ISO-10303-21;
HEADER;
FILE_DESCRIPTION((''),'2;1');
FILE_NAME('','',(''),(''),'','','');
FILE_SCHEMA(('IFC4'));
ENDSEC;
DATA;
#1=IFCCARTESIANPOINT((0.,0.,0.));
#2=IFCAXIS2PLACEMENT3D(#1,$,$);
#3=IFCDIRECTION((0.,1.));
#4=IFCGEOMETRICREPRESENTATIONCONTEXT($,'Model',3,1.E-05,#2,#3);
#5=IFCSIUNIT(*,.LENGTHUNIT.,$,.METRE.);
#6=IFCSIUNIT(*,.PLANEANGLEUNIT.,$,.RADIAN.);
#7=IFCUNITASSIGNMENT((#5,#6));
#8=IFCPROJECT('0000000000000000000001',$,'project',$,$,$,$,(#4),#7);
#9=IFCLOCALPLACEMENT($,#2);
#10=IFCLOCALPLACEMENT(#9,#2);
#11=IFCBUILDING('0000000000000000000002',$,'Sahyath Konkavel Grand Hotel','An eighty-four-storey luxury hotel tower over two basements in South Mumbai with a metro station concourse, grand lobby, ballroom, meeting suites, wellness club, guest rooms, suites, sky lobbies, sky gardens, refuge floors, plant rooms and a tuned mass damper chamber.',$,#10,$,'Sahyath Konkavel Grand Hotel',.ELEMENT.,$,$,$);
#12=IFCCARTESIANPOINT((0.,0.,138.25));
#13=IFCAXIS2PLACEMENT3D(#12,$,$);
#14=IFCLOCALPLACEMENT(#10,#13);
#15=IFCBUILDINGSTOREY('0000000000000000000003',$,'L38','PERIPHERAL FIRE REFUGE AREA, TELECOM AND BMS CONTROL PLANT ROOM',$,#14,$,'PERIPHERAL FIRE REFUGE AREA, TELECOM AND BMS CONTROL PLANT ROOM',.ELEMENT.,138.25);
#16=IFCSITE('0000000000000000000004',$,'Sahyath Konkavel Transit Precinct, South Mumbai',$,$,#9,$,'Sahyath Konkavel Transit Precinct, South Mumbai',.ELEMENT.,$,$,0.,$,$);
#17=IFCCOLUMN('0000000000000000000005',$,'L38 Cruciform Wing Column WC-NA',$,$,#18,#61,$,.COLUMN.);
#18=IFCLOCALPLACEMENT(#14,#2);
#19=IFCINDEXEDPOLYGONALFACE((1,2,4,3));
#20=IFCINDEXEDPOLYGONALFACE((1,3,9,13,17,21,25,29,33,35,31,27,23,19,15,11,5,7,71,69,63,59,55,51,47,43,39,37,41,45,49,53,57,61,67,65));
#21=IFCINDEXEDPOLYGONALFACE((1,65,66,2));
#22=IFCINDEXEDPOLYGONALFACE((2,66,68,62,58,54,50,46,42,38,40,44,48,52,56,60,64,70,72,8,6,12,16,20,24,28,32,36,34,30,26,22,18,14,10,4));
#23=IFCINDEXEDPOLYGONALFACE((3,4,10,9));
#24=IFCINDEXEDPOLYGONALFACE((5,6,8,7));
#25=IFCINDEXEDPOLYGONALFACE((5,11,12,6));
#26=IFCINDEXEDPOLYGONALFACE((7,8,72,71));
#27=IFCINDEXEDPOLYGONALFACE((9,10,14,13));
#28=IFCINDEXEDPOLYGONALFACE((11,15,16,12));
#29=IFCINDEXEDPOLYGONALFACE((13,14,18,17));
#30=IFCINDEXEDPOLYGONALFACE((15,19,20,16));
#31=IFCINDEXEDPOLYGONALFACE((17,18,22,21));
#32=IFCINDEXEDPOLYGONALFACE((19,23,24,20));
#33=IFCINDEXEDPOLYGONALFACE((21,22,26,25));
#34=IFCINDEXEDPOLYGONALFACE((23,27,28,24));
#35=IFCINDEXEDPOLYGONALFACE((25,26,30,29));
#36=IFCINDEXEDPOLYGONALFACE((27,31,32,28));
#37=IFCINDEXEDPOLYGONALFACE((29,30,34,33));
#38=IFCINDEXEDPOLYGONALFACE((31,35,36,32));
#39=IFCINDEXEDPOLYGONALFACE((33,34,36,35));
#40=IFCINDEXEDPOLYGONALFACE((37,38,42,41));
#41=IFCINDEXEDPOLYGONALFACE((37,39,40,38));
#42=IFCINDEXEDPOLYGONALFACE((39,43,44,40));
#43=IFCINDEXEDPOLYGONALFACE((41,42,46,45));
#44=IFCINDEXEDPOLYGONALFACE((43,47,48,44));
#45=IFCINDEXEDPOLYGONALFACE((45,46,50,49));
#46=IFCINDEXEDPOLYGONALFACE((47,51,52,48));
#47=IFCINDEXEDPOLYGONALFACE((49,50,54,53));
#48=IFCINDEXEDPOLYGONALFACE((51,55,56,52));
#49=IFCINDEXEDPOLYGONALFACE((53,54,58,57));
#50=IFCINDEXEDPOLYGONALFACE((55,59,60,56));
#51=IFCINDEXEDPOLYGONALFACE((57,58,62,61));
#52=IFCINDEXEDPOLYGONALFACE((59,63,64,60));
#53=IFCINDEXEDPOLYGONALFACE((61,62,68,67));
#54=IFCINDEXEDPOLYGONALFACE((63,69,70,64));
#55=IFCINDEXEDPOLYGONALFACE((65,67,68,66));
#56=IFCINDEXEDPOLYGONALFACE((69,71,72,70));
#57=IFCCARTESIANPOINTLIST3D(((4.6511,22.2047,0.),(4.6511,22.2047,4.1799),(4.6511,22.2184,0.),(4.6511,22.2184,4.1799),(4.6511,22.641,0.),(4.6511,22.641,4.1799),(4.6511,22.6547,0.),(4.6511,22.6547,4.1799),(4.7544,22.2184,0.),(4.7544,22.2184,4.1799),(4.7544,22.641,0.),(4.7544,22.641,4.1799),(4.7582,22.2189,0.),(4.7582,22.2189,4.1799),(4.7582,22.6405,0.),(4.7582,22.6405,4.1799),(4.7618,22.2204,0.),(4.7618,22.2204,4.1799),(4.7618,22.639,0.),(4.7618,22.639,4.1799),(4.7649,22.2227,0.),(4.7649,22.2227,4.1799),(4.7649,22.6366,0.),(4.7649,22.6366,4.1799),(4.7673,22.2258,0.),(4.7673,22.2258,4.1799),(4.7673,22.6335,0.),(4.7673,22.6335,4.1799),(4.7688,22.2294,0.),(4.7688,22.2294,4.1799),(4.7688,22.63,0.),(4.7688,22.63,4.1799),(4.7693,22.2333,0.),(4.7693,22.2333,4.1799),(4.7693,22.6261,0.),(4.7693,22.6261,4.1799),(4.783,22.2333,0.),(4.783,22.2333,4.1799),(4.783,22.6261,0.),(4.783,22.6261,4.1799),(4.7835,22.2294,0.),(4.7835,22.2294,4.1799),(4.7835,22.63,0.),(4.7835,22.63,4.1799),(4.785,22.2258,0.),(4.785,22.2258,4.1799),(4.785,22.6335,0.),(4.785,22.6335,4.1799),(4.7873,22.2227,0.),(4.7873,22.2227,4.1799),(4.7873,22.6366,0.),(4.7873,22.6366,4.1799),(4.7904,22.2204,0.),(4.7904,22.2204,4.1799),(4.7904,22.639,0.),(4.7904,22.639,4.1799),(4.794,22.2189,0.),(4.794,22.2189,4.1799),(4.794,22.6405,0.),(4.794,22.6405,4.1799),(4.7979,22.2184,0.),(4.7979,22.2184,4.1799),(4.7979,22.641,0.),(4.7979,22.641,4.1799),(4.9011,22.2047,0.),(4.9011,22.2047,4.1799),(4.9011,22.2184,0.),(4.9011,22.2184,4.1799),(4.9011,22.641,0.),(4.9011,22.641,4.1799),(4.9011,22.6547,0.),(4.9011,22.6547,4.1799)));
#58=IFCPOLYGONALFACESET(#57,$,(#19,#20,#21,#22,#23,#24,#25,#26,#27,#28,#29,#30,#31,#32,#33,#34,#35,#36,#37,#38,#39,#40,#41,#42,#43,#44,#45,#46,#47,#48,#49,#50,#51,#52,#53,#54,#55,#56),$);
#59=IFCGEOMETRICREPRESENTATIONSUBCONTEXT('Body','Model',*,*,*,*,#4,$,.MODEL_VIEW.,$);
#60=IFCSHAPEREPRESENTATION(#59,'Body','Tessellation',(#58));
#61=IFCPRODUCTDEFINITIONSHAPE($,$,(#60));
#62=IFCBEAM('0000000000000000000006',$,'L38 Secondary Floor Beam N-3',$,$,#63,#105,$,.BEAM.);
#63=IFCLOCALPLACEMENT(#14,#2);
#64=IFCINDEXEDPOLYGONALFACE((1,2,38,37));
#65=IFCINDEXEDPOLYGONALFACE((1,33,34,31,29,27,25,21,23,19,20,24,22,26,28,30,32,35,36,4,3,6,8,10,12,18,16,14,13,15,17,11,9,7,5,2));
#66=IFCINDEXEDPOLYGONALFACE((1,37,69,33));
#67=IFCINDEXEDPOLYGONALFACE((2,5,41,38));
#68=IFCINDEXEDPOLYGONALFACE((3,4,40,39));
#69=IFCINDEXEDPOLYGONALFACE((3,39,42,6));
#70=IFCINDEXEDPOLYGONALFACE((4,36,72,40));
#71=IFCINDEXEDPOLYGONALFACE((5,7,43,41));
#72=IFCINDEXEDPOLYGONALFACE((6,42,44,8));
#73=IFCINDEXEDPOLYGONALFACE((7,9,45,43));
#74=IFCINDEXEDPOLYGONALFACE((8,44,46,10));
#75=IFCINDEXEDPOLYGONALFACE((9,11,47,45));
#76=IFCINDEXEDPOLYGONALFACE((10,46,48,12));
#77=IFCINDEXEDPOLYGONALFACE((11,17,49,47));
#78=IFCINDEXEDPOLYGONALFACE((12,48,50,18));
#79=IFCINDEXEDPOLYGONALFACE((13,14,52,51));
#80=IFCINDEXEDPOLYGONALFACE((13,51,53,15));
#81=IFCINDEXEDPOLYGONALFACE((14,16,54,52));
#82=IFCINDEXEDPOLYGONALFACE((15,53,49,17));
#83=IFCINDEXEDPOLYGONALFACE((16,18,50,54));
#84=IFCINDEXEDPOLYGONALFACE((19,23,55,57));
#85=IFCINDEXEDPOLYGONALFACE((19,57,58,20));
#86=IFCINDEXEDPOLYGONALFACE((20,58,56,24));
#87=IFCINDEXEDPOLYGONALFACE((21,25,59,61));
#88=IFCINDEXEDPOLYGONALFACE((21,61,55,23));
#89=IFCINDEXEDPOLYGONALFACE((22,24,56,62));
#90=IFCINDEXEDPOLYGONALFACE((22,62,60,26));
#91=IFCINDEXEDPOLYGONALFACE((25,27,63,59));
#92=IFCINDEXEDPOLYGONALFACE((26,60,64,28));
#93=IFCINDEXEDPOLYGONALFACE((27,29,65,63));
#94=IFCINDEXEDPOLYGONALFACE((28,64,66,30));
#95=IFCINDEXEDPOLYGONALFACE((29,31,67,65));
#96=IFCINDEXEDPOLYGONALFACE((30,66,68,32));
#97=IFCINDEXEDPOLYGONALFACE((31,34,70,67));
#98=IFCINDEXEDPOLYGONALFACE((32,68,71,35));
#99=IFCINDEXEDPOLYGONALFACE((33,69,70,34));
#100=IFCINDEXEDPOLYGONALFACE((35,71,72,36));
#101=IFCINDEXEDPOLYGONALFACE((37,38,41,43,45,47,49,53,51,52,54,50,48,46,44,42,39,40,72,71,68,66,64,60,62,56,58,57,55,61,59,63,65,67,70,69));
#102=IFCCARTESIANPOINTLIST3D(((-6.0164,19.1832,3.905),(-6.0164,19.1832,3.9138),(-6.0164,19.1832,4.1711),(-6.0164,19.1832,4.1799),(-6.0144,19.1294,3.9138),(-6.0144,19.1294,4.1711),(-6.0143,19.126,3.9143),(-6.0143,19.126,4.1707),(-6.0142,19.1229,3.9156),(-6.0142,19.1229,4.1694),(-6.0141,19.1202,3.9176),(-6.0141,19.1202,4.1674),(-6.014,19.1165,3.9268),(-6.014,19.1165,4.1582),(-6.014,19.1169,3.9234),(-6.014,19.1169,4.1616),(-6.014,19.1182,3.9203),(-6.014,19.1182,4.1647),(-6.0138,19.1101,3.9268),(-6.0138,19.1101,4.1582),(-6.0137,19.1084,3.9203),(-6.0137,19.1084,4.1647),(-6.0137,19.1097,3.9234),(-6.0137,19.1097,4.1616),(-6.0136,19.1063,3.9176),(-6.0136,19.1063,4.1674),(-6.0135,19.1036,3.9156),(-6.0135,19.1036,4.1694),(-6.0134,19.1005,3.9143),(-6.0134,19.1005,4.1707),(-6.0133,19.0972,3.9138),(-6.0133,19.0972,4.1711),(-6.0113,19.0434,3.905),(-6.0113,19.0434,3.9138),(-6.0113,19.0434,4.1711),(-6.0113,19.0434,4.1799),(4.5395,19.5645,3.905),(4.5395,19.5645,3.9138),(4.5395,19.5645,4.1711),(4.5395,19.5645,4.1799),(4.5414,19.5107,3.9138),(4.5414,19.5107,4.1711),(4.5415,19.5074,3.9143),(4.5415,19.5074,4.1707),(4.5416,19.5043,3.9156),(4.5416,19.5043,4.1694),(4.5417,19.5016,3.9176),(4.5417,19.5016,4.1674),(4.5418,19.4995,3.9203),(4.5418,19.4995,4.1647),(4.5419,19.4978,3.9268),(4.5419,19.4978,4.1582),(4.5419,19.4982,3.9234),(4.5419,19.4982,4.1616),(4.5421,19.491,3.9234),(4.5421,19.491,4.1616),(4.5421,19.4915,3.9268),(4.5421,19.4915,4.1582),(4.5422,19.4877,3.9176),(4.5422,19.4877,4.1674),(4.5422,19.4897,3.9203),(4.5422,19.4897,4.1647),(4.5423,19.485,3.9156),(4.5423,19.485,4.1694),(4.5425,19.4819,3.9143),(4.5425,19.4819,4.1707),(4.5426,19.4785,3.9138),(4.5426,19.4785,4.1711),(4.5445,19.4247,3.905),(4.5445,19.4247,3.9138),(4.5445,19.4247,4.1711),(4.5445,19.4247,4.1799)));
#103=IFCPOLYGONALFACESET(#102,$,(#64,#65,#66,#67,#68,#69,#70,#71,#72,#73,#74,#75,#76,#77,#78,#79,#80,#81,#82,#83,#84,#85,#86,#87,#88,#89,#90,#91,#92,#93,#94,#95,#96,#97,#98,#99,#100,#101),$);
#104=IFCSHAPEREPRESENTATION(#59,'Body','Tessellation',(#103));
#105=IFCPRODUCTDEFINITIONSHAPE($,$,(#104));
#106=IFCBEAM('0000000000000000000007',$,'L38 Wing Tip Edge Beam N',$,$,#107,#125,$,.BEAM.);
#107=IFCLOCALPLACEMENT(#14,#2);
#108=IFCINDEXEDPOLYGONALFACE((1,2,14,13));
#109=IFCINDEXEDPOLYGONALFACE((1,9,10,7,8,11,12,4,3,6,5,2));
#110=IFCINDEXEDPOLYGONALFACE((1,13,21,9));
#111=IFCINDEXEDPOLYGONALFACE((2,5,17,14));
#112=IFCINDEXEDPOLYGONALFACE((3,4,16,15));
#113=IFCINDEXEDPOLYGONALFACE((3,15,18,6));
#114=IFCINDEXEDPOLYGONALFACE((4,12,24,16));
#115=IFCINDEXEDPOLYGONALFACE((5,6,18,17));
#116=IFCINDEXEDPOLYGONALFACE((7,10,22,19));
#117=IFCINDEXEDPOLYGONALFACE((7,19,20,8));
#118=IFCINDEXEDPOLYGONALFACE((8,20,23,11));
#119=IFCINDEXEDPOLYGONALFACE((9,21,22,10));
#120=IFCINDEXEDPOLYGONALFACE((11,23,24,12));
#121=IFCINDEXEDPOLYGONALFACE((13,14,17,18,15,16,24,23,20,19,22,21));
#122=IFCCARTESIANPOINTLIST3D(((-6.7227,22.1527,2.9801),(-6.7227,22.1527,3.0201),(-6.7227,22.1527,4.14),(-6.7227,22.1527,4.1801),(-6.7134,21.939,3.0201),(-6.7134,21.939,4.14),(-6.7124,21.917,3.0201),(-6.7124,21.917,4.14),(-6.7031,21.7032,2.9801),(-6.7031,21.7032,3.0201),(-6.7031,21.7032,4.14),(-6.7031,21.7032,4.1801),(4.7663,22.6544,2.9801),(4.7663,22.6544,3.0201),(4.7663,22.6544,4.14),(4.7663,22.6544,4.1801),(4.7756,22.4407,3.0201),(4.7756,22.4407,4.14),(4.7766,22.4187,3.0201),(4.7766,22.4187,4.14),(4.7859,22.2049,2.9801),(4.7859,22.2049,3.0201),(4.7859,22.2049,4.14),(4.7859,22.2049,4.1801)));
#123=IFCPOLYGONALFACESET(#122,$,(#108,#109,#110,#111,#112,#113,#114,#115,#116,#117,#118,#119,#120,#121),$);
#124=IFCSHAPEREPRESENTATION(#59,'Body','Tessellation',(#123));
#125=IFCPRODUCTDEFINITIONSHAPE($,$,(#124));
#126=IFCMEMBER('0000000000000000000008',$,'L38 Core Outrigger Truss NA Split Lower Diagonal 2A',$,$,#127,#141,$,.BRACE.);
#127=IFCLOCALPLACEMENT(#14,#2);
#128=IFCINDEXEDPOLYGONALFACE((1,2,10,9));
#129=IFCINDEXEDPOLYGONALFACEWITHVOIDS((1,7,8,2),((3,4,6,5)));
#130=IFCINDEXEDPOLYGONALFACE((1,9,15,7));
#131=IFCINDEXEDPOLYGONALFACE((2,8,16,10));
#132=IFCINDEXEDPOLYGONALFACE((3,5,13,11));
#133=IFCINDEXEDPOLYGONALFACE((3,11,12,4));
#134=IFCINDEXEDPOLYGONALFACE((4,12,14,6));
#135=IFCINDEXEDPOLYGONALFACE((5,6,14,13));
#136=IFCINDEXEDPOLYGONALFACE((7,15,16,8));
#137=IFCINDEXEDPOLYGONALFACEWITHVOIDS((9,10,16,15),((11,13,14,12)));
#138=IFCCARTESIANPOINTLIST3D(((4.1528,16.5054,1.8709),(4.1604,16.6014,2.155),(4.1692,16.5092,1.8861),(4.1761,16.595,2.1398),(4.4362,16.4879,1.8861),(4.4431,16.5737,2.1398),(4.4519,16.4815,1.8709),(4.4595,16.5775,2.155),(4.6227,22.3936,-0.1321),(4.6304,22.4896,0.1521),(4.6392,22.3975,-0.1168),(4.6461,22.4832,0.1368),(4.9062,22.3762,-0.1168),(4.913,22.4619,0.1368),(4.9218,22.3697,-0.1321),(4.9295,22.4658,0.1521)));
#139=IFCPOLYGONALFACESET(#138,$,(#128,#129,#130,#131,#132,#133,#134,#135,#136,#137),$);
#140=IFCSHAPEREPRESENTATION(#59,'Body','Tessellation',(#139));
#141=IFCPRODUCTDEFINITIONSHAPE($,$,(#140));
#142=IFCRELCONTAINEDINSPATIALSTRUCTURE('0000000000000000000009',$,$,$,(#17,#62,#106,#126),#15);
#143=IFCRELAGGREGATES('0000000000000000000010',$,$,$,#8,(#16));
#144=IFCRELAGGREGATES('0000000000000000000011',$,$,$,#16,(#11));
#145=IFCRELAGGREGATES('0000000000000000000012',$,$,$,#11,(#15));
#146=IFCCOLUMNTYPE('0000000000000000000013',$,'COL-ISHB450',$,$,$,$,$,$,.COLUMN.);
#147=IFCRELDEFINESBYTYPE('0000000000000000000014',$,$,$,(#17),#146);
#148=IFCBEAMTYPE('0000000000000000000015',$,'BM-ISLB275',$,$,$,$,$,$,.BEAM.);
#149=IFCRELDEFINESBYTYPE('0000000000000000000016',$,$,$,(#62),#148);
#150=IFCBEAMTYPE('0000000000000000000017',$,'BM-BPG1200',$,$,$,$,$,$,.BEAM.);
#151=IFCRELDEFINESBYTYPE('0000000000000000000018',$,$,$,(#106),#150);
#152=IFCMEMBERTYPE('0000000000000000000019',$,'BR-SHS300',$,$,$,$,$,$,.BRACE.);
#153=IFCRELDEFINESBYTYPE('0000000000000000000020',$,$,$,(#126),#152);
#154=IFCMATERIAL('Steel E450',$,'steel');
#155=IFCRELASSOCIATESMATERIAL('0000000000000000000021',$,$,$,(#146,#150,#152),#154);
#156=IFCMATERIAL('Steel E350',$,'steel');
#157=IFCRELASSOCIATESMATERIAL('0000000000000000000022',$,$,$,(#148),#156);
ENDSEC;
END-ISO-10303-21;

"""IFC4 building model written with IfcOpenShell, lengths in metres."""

from ifc_helpers import new_model, si_unit, direction, frame, origin, origin_2d, place, context, subcontext, project, spatial, hollow_rectangle, i_section, extrude, source, transform, mapped, material, material_profile, profile_set, type_object, element, save


model = new_model("IFC4")

# Units and contexts
model_context = context("Model", 3, precision=1e-05, world=origin(), true_north=direction((0.0, 1.0)))
body_context = subcontext(model_context, "Body", "Model", "MODEL_VIEW")
ifc_project = project(units=[si_unit("LENGTHUNIT", "METRE"), si_unit("PLANEANGLEUNIT", "RADIAN")], contexts=[model_context])

# Site, building, storey
site_placement = place(None, origin())
site = spatial("IfcSite", under=ifc_project, at=site_placement, Name="Sahyath Konkavel Transit Precinct, South Mumbai", LongName="Sahyath Konkavel Transit Precinct, South Mumbai", CompositionType="ELEMENT", RefElevation=0.0)
building_placement = place(site_placement, origin())
building = spatial("IfcBuilding", under=site, at=building_placement, Name="Sahyath Konkavel Grand Hotel", Description="An eighty-four-storey luxury hotel tower over two basements in South Mumbai with a metro station concourse, grand lobby, ballroom, meeting suites, wellness club, guest rooms, suites, sky lobbies, sky gardens, refuge floors, plant rooms and a tuned mass damper chamber.", LongName="Sahyath Konkavel Grand Hotel", CompositionType="ELEMENT")
storey_placement = place(building_placement, frame((0.0, 0.0, 138.25)))
storey = spatial("IfcBuildingStorey", under=building, at=storey_placement, Name="L38", Description="PERIPHERAL FIRE REFUGE AREA, TELECOM AND BMS CONTROL PLANT ROOM", LongName="PERIPHERAL FIRE REFUGE AREA, TELECOM AND BMS CONTROL PLANT ROOM", CompositionType="ELEMENT", Elevation=138.25)

# Column
ifc_material_1 = material(Name="Steel E450", Category="steel")
ifc_material_profile_1 = material_profile(ifc_material_1, i_section(OverallWidth=0.25, OverallDepth=0.45, WebThickness=0.0137, FlangeThickness=0.0137, FilletRadius=0.0149, at=origin_2d()), Name="ISHB 450")
ifc_profile_set_1 = profile_set([ifc_material_profile_1], Name="Steel E450")
column_type = type_object("IfcColumnType", Name="COL-ISHB450", PredefinedType="COLUMN", material=ifc_profile_set_1)
shared_shape_1 = source(origin(), body_context, "Body", "SweptSolid", [
    extrude(i_section(OverallWidth=0.25, OverallDepth=0.45, WebThickness=0.0137, FlangeThickness=0.0137, FilletRadius=0.0149, at=origin_2d()), origin(), (0.0, 0.0, 1.0), 4.1799),
])
column_placement = place(storey_placement, frame((4.7761, 22.4297, 0.0), z_axis=(0.0, 0.0, 1.0), x_axis=(1.0, 0.0, 0.0)))
element("IfcColumn", 1, at=column_placement, inside=storey, type_object=column_type, Name="L38 Cruciform Wing Column WC-NA", PredefinedType="COLUMN", context=body_context, shape_type="MappedRepresentation", body=[
    mapped(shared_shape_1, transform((0.0, 0.0, 0.0), scale=1.0)),
])

# Beams
ifc_material_2 = material(Name="Steel E350", Category="steel")
ifc_material_profile_2 = material_profile(ifc_material_2, i_section(OverallWidth=0.1399, OverallDepth=0.2749, WebThickness=0.0063, FlangeThickness=0.0088, FilletRadius=0.0129, at=origin_2d()), Name="ISLB 275")
ifc_profile_set_2 = profile_set([ifc_material_profile_2], Name="Steel E350")
beam_type_1 = type_object("IfcBeamType", Name="BM-ISLB275", PredefinedType="BEAM", material=ifc_profile_set_2)
shared_shape_2 = source(origin(), body_context, "Body", "SweptSolid", [
    extrude(i_section(OverallWidth=0.1399, OverallDepth=0.2749, WebThickness=0.0063, FlangeThickness=0.0088, FilletRadius=0.0129, at=origin_2d()), origin(), (0.0, 0.0, 1.0), 10.5627),
])
beam_1_placement = place(storey_placement, frame((4.542, 19.4946, 4.0425), z_axis=(-0.999348, -0.036103, 0.0), x_axis=(0.036103, -0.999348, 0.0)))
element("IfcBeam", 2, at=beam_1_placement, inside=storey, type_object=beam_type_1, Name="L38 Secondary Floor Beam N-3", PredefinedType="BEAM", context=body_context, shape_type="MappedRepresentation", body=[
    mapped(shared_shape_2, transform((0.0, 0.0, 0.0), scale=1.0)),
])
ifc_material_profile_3 = material_profile(ifc_material_1, i_section(OverallWidth=0.45, OverallDepth=1.2, WebThickness=0.022, FlangeThickness=0.04, at=origin_2d()), Name="BPG 1200x450")
ifc_profile_set_3 = profile_set([ifc_material_profile_3], Name="Steel E450")
beam_type_2 = type_object("IfcBeamType", Name="BM-BPG1200", PredefinedType="BEAM", material=ifc_profile_set_3)
shared_shape_3 = source(origin(), body_context, "Body", "SweptSolid", [
    extrude(i_section(OverallWidth=0.45, OverallDepth=1.2, WebThickness=0.022, FlangeThickness=0.04, at=origin_2d()), origin(), (0.0, 0.0, 1.0), 11.5),
])
beam_2_placement = place(storey_placement, frame((4.7761, 22.4297, 3.5801), z_axis=(-0.999048, -0.043627, 0.0), x_axis=(0.043627, -0.999048, 0.0)))
element("IfcBeam", 3, at=beam_2_placement, inside=storey, type_object=beam_type_2, Name="L38 Wing Tip Edge Beam N", PredefinedType="BEAM", context=body_context, shape_type="MappedRepresentation", body=[
    mapped(shared_shape_3, transform((0.0, 0.0, 0.0), scale=1.0)),
])

# Member
ifc_material_profile_4 = material_profile(ifc_material_1, hollow_rectangle(XDim=0.3, YDim=0.3, WallThickness=0.0161, at=origin_2d()), Name="SHS 300x300x16")
ifc_profile_set_4 = profile_set([ifc_material_profile_4], Name="Steel E450")
member_type_1 = type_object("IfcMemberType", Name="BR-SHS300", PredefinedType="BRACE", material=ifc_profile_set_4)
shared_shape_4 = source(origin(), body_context, "Body", "SweptSolid", [
    extrude(hollow_rectangle(XDim=0.3, YDim=0.3, WallThickness=0.0161, at=origin_2d()), origin(), (0.0, 0.0, 1.0), 6.2373),
])
member_1_placement = place(storey_placement, frame((4.7761, 22.4297, 0.01), z_axis=(-0.075349, -0.944035, 0.321124), x_axis=(0.99683, -0.079563, 0.0)))
element("IfcMember", 4, at=member_1_placement, inside=storey, type_object=member_type_1, Name="L38 Core Outrigger Truss NA Split Lower Diagonal 2A", PredefinedType="BRACE", context=body_context, shape_type="MappedRepresentation", body=[
    mapped(shared_shape_4, transform((0.0, 0.0, 0.0), scale=1.0)),
])

save(model, "model.ifc")
